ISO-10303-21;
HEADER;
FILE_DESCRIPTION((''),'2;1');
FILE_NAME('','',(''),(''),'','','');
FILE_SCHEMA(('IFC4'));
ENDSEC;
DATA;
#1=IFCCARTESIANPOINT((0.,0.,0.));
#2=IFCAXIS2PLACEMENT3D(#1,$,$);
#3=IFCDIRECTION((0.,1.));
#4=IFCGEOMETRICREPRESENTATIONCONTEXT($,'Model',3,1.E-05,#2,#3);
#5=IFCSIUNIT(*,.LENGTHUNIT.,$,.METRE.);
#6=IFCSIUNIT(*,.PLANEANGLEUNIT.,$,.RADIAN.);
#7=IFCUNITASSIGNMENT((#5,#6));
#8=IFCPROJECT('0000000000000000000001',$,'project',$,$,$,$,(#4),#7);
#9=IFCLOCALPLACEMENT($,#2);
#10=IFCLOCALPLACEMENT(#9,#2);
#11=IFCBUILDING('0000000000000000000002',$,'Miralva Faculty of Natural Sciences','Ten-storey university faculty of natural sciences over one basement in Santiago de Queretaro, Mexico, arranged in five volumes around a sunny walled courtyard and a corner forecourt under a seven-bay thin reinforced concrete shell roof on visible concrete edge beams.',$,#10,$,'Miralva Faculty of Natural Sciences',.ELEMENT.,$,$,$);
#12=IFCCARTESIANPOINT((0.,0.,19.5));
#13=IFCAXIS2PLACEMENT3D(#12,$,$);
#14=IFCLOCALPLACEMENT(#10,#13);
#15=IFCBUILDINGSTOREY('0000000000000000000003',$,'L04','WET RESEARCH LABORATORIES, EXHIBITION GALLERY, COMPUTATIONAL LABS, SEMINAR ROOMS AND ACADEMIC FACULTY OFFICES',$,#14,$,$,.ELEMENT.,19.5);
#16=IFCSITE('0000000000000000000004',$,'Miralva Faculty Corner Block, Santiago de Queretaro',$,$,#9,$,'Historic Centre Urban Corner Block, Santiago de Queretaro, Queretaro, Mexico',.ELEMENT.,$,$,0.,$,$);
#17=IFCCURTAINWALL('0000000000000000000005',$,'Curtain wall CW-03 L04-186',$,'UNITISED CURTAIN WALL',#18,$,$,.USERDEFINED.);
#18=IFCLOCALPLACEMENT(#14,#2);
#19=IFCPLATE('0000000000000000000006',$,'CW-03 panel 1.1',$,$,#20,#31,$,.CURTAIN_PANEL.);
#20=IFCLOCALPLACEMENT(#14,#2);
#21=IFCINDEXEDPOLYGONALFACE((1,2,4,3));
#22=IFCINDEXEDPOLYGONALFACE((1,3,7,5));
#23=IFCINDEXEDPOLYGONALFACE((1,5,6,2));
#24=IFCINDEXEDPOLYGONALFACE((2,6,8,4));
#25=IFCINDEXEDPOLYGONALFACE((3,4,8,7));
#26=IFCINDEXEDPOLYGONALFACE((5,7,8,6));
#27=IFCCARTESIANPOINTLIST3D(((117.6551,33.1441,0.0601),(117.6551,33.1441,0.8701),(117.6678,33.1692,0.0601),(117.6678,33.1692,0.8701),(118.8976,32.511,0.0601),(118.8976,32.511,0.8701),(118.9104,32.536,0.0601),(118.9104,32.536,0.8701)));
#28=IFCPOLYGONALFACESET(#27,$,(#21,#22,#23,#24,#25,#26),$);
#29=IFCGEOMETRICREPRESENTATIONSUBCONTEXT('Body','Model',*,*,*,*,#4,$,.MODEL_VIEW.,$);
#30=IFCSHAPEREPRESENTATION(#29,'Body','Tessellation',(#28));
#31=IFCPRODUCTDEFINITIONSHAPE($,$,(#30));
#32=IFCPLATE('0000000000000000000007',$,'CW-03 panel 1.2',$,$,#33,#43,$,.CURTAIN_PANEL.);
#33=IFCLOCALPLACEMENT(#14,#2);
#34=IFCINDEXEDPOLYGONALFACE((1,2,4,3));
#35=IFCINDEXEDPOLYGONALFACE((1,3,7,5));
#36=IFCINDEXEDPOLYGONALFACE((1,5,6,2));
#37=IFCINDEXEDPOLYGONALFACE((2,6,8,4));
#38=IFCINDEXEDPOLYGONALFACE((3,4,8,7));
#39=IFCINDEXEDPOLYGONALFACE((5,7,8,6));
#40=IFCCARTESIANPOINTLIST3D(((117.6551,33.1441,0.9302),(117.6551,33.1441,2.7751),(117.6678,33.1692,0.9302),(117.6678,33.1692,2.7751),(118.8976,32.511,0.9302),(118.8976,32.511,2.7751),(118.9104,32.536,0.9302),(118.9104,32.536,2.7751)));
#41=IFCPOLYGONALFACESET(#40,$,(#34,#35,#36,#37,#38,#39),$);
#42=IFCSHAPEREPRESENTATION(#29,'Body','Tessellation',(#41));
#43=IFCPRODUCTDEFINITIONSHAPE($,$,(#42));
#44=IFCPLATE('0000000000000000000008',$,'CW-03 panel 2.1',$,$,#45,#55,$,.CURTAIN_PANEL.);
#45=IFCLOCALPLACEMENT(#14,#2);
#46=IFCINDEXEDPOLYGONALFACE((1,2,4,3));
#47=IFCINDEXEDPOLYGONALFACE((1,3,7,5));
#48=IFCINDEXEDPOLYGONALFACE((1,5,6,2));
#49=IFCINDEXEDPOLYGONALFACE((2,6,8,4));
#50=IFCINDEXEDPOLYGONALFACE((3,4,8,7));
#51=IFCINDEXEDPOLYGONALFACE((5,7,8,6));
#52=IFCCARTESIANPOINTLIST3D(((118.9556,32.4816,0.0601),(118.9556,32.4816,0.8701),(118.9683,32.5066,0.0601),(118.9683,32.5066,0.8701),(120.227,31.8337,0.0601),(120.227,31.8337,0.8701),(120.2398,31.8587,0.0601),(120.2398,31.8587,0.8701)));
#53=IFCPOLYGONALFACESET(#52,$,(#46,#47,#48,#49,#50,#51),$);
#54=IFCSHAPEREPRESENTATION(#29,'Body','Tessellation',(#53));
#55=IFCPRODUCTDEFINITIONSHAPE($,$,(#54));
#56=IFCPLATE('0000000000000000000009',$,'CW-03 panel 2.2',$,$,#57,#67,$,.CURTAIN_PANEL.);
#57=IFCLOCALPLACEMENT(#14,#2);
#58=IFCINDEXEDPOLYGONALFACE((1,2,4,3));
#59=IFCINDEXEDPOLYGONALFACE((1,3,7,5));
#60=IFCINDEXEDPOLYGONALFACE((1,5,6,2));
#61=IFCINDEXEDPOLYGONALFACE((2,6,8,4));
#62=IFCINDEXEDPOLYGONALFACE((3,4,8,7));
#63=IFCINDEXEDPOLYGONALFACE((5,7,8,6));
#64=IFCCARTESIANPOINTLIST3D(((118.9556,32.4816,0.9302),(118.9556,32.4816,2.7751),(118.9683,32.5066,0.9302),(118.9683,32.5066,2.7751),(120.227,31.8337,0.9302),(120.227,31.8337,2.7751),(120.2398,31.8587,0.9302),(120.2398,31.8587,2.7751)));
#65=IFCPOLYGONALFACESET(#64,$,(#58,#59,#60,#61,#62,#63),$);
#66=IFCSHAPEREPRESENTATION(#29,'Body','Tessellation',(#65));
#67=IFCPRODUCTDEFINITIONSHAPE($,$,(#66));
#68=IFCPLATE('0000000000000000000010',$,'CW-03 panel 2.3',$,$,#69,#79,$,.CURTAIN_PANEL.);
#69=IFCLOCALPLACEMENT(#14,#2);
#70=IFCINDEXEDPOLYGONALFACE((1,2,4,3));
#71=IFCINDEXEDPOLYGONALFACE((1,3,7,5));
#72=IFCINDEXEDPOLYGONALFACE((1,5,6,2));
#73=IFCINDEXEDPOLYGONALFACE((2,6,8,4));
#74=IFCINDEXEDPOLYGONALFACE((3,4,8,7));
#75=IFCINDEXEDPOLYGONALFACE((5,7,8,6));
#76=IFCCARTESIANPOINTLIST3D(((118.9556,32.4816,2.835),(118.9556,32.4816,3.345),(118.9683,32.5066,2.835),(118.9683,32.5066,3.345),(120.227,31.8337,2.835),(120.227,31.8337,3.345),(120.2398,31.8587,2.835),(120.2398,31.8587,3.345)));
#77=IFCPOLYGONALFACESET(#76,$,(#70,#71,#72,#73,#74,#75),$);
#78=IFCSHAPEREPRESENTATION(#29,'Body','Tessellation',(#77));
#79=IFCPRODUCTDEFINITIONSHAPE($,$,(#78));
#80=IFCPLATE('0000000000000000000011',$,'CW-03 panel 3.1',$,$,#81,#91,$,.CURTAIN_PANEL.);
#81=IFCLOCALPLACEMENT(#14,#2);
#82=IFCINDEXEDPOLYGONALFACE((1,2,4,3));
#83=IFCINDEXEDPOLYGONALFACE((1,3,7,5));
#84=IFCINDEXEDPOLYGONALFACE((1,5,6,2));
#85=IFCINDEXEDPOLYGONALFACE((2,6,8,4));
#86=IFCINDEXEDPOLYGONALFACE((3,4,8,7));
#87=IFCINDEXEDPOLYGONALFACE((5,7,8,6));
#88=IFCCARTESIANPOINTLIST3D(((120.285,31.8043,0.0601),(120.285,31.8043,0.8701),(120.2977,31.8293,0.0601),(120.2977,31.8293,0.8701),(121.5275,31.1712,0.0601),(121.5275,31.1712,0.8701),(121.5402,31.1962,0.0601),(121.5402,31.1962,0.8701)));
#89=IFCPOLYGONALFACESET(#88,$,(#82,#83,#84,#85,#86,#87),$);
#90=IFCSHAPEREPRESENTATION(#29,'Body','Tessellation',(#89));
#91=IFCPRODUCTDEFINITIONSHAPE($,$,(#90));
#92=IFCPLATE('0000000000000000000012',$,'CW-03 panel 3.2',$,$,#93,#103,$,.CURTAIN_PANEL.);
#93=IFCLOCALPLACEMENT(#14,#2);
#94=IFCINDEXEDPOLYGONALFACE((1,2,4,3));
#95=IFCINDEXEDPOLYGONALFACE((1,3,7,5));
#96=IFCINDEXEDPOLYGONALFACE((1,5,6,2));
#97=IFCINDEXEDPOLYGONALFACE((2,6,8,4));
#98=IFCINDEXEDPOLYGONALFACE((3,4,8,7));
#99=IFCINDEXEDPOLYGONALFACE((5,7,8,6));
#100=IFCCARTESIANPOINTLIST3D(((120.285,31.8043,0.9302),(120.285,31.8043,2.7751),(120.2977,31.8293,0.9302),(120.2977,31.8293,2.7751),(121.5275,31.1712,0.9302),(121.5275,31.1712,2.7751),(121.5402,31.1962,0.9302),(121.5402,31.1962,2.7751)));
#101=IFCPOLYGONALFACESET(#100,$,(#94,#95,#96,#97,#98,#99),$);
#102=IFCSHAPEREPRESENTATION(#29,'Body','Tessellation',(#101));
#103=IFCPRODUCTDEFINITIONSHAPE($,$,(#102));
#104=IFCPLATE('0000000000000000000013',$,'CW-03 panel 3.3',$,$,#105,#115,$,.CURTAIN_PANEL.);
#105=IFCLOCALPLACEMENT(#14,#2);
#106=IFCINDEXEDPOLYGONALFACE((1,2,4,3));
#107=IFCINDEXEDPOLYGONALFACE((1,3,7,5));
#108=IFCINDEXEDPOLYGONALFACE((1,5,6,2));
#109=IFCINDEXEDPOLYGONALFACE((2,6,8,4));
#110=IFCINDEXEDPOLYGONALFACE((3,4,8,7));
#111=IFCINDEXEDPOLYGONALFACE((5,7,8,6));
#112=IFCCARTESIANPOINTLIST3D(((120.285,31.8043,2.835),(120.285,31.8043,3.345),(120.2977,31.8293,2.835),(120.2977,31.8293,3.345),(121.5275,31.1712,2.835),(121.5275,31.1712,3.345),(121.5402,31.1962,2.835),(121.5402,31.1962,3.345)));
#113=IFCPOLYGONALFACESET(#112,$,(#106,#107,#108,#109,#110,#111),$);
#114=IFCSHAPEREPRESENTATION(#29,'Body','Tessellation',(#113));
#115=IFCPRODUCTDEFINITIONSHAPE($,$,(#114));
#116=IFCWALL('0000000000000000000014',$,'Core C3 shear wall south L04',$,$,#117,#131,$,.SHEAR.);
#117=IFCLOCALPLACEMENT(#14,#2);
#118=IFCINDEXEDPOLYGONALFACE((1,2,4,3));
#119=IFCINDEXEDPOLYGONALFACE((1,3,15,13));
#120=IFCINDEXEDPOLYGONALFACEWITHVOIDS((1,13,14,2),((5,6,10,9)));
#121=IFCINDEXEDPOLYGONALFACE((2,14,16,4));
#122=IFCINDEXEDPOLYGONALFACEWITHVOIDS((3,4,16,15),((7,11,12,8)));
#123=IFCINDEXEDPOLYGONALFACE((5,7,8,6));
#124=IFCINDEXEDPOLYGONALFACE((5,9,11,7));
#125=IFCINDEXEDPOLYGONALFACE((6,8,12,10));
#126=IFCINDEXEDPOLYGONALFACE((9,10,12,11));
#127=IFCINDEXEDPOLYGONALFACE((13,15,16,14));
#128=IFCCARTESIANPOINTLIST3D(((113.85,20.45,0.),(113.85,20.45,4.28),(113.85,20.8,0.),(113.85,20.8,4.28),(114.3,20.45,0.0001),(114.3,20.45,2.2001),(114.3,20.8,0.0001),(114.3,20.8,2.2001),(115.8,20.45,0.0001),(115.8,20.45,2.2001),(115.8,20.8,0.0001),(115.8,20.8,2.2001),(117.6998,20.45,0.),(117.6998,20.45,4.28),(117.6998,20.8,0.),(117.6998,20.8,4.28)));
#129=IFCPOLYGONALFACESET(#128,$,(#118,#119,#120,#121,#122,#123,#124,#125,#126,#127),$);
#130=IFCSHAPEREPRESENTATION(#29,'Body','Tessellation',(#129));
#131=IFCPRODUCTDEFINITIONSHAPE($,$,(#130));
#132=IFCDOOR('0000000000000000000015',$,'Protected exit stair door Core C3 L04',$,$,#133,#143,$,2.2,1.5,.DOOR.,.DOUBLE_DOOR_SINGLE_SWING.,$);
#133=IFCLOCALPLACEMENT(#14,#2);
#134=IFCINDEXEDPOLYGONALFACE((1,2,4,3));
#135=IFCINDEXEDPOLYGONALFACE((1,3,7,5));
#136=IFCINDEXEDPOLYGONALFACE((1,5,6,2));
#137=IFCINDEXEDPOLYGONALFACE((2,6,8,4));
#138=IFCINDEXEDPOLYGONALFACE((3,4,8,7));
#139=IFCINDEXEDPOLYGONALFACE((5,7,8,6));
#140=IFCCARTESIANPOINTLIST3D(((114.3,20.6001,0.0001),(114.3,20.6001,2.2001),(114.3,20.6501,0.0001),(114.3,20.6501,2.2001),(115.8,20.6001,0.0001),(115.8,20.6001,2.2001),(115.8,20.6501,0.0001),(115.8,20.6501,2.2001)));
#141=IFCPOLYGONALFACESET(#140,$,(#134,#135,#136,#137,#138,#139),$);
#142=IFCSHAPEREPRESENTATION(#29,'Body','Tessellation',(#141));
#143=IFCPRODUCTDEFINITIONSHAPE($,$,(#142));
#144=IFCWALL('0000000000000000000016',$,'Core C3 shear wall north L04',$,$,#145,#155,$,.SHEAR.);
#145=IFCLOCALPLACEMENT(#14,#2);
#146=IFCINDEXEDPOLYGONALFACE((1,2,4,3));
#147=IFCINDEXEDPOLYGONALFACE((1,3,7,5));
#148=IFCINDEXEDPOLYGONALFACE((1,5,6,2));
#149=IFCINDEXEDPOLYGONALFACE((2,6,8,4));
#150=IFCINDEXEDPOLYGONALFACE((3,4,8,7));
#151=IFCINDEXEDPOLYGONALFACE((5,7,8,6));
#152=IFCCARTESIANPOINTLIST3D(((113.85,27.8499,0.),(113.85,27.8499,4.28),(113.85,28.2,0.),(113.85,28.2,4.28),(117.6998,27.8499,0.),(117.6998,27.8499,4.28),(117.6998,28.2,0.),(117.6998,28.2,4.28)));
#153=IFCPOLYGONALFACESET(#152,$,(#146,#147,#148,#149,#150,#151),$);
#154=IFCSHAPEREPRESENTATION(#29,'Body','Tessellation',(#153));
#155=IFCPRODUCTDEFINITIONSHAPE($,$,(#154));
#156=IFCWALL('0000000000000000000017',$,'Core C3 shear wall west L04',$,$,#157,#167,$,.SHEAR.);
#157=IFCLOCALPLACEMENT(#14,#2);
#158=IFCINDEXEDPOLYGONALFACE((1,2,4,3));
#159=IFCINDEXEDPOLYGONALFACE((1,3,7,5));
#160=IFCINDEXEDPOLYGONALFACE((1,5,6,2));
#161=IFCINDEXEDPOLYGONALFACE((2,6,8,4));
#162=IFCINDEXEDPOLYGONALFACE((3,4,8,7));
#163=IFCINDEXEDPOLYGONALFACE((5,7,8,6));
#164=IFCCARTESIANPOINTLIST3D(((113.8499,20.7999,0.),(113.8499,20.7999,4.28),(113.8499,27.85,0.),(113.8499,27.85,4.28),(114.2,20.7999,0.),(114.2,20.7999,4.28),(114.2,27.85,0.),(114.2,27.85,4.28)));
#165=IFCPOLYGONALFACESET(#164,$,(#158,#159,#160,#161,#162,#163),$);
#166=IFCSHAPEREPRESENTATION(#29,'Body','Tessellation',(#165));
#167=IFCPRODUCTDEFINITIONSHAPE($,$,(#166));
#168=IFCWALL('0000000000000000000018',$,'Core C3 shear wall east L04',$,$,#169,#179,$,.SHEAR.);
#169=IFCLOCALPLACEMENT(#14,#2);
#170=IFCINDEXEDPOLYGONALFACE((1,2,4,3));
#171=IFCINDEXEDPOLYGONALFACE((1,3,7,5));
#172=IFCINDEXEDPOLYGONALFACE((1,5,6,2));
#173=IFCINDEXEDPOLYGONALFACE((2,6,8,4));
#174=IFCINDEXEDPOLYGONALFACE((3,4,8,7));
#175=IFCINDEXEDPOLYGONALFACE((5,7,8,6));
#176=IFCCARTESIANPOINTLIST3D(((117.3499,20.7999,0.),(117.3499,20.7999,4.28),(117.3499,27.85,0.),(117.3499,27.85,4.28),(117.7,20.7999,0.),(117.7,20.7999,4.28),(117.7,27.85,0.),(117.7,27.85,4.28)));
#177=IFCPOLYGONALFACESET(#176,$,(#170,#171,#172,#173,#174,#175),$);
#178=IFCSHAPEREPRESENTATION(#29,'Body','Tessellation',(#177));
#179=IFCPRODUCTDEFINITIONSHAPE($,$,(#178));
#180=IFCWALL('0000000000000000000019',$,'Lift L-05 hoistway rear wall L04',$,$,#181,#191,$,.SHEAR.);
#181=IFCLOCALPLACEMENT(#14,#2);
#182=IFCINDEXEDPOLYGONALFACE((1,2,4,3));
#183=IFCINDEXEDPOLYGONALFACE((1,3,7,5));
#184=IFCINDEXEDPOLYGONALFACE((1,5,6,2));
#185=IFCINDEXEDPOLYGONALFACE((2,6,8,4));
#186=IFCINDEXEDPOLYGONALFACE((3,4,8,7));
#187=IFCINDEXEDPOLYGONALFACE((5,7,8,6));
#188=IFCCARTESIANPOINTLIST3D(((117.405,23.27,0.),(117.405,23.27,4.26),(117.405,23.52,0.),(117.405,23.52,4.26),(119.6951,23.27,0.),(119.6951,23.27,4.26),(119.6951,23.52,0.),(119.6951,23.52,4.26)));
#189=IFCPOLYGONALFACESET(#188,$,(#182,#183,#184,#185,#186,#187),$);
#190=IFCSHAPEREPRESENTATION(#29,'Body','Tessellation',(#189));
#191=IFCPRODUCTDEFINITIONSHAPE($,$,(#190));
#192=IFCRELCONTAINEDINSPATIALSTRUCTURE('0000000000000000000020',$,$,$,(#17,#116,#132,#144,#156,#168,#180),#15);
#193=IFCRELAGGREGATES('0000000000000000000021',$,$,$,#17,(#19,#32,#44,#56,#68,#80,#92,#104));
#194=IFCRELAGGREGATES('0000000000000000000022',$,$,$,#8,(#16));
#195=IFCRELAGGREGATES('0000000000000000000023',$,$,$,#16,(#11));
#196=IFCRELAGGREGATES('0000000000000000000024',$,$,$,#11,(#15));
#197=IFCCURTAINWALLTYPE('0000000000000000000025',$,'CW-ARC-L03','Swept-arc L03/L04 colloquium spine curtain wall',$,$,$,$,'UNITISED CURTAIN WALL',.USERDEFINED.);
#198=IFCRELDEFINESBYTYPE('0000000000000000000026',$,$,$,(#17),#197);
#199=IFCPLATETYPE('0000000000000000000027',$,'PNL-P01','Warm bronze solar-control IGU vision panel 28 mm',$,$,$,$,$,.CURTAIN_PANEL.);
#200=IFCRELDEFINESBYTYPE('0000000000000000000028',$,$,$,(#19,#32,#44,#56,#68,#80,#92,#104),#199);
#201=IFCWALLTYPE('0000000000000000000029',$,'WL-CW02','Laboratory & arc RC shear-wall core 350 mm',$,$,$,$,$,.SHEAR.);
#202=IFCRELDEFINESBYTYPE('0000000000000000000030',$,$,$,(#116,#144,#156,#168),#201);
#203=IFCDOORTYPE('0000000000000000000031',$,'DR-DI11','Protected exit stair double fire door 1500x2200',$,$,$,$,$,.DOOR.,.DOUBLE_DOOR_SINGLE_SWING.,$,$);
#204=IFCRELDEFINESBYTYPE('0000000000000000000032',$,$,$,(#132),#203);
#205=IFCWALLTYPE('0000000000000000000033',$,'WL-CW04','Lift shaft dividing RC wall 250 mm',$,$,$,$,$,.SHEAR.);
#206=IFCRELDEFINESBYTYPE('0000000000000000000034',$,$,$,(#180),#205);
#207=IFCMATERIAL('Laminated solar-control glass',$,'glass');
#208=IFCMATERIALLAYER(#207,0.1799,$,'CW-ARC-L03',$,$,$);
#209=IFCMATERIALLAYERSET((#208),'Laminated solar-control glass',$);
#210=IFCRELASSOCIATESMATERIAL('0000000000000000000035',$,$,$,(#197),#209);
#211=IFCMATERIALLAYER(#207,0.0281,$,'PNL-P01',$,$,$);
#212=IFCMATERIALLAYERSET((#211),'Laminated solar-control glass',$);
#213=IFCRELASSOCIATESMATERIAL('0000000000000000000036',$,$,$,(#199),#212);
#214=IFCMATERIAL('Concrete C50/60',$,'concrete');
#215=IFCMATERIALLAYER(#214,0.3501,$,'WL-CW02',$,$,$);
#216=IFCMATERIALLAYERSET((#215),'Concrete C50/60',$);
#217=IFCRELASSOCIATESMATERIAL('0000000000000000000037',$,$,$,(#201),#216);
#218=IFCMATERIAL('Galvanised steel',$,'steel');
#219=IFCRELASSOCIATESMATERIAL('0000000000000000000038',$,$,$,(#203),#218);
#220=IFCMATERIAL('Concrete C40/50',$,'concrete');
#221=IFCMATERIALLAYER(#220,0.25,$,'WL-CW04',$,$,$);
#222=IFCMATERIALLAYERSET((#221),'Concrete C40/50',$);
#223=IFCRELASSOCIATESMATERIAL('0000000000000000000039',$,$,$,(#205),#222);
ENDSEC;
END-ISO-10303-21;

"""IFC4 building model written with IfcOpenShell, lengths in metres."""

from ifc_helpers import new_model, si_unit, direction, frame, frame_2d, origin, origin_2d, place, context, subcontext, project, spatial, rectangle, extrude, material, layer, layer_set, type_object, element, fill, aggregate, save


model = new_model("IFC4")

# Units and contexts
model_context = context("Model", 3, precision=1e-05, world=origin(), true_north=direction((0.0, 1.0)))
body_context = subcontext(model_context, "Body", "Model", "MODEL_VIEW")
ifc_project = project(units=[si_unit("LENGTHUNIT", "METRE"), si_unit("PLANEANGLEUNIT", "RADIAN")], contexts=[model_context])

# Site, building, storey
site_placement = place(None, origin())
site = spatial("IfcSite", under=ifc_project, at=site_placement, Name="Miralva Faculty Corner Block, Santiago de Queretaro", LongName="Historic Centre Urban Corner Block, Santiago de Queretaro, Queretaro, Mexico", CompositionType="ELEMENT", RefElevation=0.0)
building_placement = place(site_placement, origin())
building = spatial("IfcBuilding", under=site, at=building_placement, Name="Miralva Faculty of Natural Sciences", Description="Ten-storey university faculty of natural sciences over one basement in Santiago de Queretaro, Mexico, arranged in five volumes around a sunny walled courtyard and a corner forecourt under a seven-bay thin reinforced concrete shell roof on visible concrete edge beams.", LongName="Miralva Faculty of Natural Sciences", CompositionType="ELEMENT")
storey_placement = place(building_placement, frame((0.0, 0.0, 19.5)))
storey = spatial("IfcBuildingStorey", under=building, at=storey_placement, Name="L04", Description="WET RESEARCH LABORATORIES, EXHIBITION GALLERY, COMPUTATIONAL LABS, SEMINAR ROOMS AND ACADEMIC FACULTY OFFICES", CompositionType="ELEMENT", Elevation=19.5)

# Curtain wall, plates
ifc_material_1 = material(Name="Laminated solar-control glass", Category="glass")
ifc_layer_1 = layer(ifc_material_1, 0.1799, Name="CW-ARC-L03")
ifc_layer_set_1 = layer_set([ifc_layer_1], Name="Laminated solar-control glass")
curtain_wall_type = type_object("IfcCurtainWallType", Name="CW-ARC-L03", Description="Swept-arc L03/L04 colloquium spine curtain wall", ElementType="UNITISED CURTAIN WALL", PredefinedType="USERDEFINED", material=ifc_layer_set_1)
curtain_wall_placement = place(storey_placement, origin())
curtain_wall = element("IfcCurtainWall", 1, at=curtain_wall_placement, inside=storey, type_object=curtain_wall_type, Name="Curtain wall CW-03 L04-186", ObjectType="UNITISED CURTAIN WALL", PredefinedType="USERDEFINED")
ifc_layer_2 = layer(ifc_material_1, 0.0281, Name="PNL-P01")
ifc_layer_set_2 = layer_set([ifc_layer_2], Name="Laminated solar-control glass")
plate_type = type_object("IfcPlateType", Name="PNL-P01", Description="Warm bronze solar-control IGU vision panel 28 mm", PredefinedType="CURTAIN_PANEL", material=ifc_layer_set_2)
plate_1_placement = place(storey_placement, frame((118.2827, 32.8401, 0.0601), z_axis=(0.0, 0.0, 1.0), x_axis=(0.891001, -0.454001, 0.0)))
plate_1 = element("IfcPlate", 2, at=plate_1_placement, type_object=plate_type, Name="CW-03 panel 1.1", PredefinedType="CURTAIN_PANEL", context=body_context, shape_type="SweptSolid", body=[
    extrude(rectangle(XDim=1.3945, YDim=0.0281, at=origin_2d()), origin(), (0.0, 0.0, 1.0), 0.8101),
])
plate_2_placement = place(storey_placement, frame((118.2827, 32.8401, 0.9302), z_axis=(0.0, 0.0, 1.0), x_axis=(0.891001, -0.454001, 0.0)))
plate_2 = element("IfcPlate", 3, at=plate_2_placement, type_object=plate_type, Name="CW-03 panel 1.2", PredefinedType="CURTAIN_PANEL", context=body_context, shape_type="SweptSolid", body=[
    extrude(rectangle(XDim=1.3945, YDim=0.0281, at=origin_2d()), origin(), (0.0, 0.0, 1.0), 1.845),
])
plate_3_placement = place(storey_placement, frame((119.5977, 32.1702, 0.0601), z_axis=(0.0, 0.0, 1.0), x_axis=(0.891001, -0.454001, 0.0)))
plate_3 = element("IfcPlate", 4, at=plate_3_placement, type_object=plate_type, Name="CW-03 panel 2.1", PredefinedType="CURTAIN_PANEL", context=body_context, shape_type="SweptSolid", body=[
    extrude(rectangle(XDim=1.427, YDim=0.0281, at=origin_2d()), origin(), (0.0, 0.0, 1.0), 0.8101),
])
plate_4_placement = place(storey_placement, frame((119.5977, 32.1702, 0.9302), z_axis=(0.0, 0.0, 1.0), x_axis=(0.891001, -0.454001, 0.0)))
plate_4 = element("IfcPlate", 5, at=plate_4_placement, type_object=plate_type, Name="CW-03 panel 2.2", PredefinedType="CURTAIN_PANEL", context=body_context, shape_type="SweptSolid", body=[
    extrude(rectangle(XDim=1.427, YDim=0.0281, at=origin_2d()), origin(), (0.0, 0.0, 1.0), 1.845),
])
plate_5_placement = place(storey_placement, frame((119.5977, 32.1702, 2.835), z_axis=(0.0, 0.0, 1.0), x_axis=(0.891001, -0.454001, 0.0)))
plate_5 = element("IfcPlate", 6, at=plate_5_placement, type_object=plate_type, Name="CW-03 panel 2.3", PredefinedType="CURTAIN_PANEL", context=body_context, shape_type="SweptSolid", body=[
    extrude(rectangle(XDim=1.427, YDim=0.0281, at=origin_2d()), origin(), (0.0, 0.0, 1.0), 0.51),
])
plate_6_placement = place(storey_placement, frame((120.9126, 31.5002, 0.0601), z_axis=(0.0, 0.0, 1.0), x_axis=(0.891001, -0.454001, 0.0)))
plate_6 = element("IfcPlate", 7, at=plate_6_placement, type_object=plate_type, Name="CW-03 panel 3.1", PredefinedType="CURTAIN_PANEL", context=body_context, shape_type="SweptSolid", body=[
    extrude(rectangle(XDim=1.3945, YDim=0.0281, at=origin_2d()), origin(), (0.0, 0.0, 1.0), 0.8101),
])
plate_7_placement = place(storey_placement, frame((120.9126, 31.5002, 0.9302), z_axis=(0.0, 0.0, 1.0), x_axis=(0.891001, -0.454001, 0.0)))
plate_7 = element("IfcPlate", 8, at=plate_7_placement, type_object=plate_type, Name="CW-03 panel 3.2", PredefinedType="CURTAIN_PANEL", context=body_context, shape_type="SweptSolid", body=[
    extrude(rectangle(XDim=1.3945, YDim=0.0281, at=origin_2d()), origin(), (0.0, 0.0, 1.0), 1.845),
])
plate_8_placement = place(storey_placement, frame((120.9126, 31.5002, 2.835), z_axis=(0.0, 0.0, 1.0), x_axis=(0.891001, -0.454001, 0.0)))
plate_8 = element("IfcPlate", 9, at=plate_8_placement, type_object=plate_type, Name="CW-03 panel 3.3", PredefinedType="CURTAIN_PANEL", context=body_context, shape_type="SweptSolid", body=[
    extrude(rectangle(XDim=1.3945, YDim=0.0281, at=origin_2d()), origin(), (0.0, 0.0, 1.0), 0.51),
])
aggregate(curtain_wall, [plate_1, plate_2, plate_3, plate_4, plate_5, plate_6, plate_7, plate_8])

# Wall, opening, door
ifc_material_2 = material(Name="Concrete C50/60", Category="concrete")
ifc_layer_3 = layer(ifc_material_2, 0.3501, Name="WL-CW02")
ifc_layer_set_3 = layer_set([ifc_layer_3], Name="Concrete C50/60")
wall_type_1 = type_object("IfcWallType", Name="WL-CW02", Description="Laboratory & arc RC shear-wall core 350 mm", PredefinedType="SHEAR", material=ifc_layer_set_3)
wall_1_placement = place(storey_placement, frame((113.8501, 20.625, 0.0), z_axis=(0.0, 0.0, 1.0), x_axis=(1.0, 0.0, 0.0)))
wall_1 = element("IfcWall", 10, at=wall_1_placement, inside=storey, type_object=wall_type_1, Name="Core C3 shear wall south L04", PredefinedType="SHEAR", context=body_context, shape_type="SweptSolid", body=[
    extrude(rectangle(XDim=3.8499, YDim=0.3501, at=frame_2d((1.9248, 0.0))), origin(), (0.0, 0.0, 1.0), 4.28),
])
opening_1_placement = place(wall_1_placement, frame((0.45, 0.0, 0.0)))
opening_1 = element("IfcOpeningElement", 11, at=opening_1_placement, cuts=wall_1, PredefinedType="OPENING", context=body_context, shape_type="SweptSolid", body=[
    extrude(rectangle(XDim=1.5, YDim=2.2, at=frame_2d((0.75, 1.1001))), frame((0.0, 0.1851, 0.0), z_axis=(0.0, -1.0, 0.0), x_axis=(1.0, 0.0, 0.0)), (0.0, 0.0, 1.0), 0.3701),
])
ifc_material_3 = material(Name="Galvanised steel", Category="steel")
door_type_1 = type_object("IfcDoorType", Name="DR-DI11", Description="Protected exit stair double fire door 1500x2200", OperationType="DOUBLE_DOOR_SINGLE_SWING", PredefinedType="DOOR", material=ifc_material_3)
door_1_placement = place(opening_1_placement, frame((1.5, 0.0, 0.0), z_axis=(0.0, 0.0, 1.0), x_axis=(-1.0, 0.0, 0.0)))
door_1 = element("IfcDoor", 12, at=door_1_placement, inside=storey, type_object=door_type_1, Name="Protected exit stair door Core C3 L04", OperationType="DOUBLE_DOOR_SINGLE_SWING", OverallHeight=2.2, OverallWidth=1.5, PredefinedType="DOOR", context=body_context, shape_type="SweptSolid", body=[
    extrude(rectangle(XDim=1.5, YDim=2.2, at=frame_2d((0.75, 1.1001))), frame((0.0, 0.0249, 0.0), z_axis=(0.0, -1.0, 0.0), x_axis=(1.0, 0.0, 0.0)), (0.0, 0.0, 1.0), 0.05),
])
fill(opening_1, door_1)

# Walls
wall_2_placement = place(storey_placement, frame((113.8501, 28.0249, 0.0), z_axis=(0.0, 0.0, 1.0), x_axis=(1.0, 0.0, 0.0)))
element("IfcWall", 13, at=wall_2_placement, inside=storey, type_object=wall_type_1, Name="Core C3 shear wall north L04", PredefinedType="SHEAR", context=body_context, shape_type="SweptSolid", body=[
    extrude(rectangle(XDim=3.8499, YDim=0.3501, at=frame_2d((1.9248, 0.0))), origin(), (0.0, 0.0, 1.0), 4.28),
])
for number, where, z_axis, x_axis, name in (
    (14, (114.0249, 20.8, 0.0), (0.0, 0.0, 1.0), (0.0, 1.0, 0.0), "Core C3 shear wall west L04"),
    (15, (117.5249, 20.8, 0.0), (0.0, 0.0, 1.0), (0.0, 1.0, 0.0), "Core C3 shear wall east L04"),
):
    element("IfcWall", number, at=place(storey_placement, frame(where, z_axis=z_axis, x_axis=x_axis)), inside=storey, type_object=wall_type_1, Name=name, PredefinedType="SHEAR", context=body_context, shape_type="SweptSolid", body=[
        extrude(rectangle(XDim=7.05, YDim=0.3501, at=frame_2d((3.5249, 0.0))), origin(), (0.0, 0.0, 1.0), 4.28),
    ])

# Shared definitions
ifc_material_4 = material(Name="Concrete C40/50", Category="concrete")
ifc_layer_4 = layer(ifc_material_4, 0.25, Name="WL-CW04")
ifc_layer_set_4 = layer_set([ifc_layer_4], Name="Concrete C40/50")
wall_type_2 = type_object("IfcWallType", Name="WL-CW04", Description="Lift shaft dividing RC wall 250 mm", PredefinedType="SHEAR", material=ifc_layer_set_4)

# Wall
wall_3_placement = place(storey_placement, frame((117.405, 23.395, 0.0), z_axis=(0.0, 0.0, 1.0), x_axis=(1.0, 0.0, 0.0)))
element("IfcWall", 16, at=wall_3_placement, inside=storey, type_object=wall_type_2, Name="Lift L-05 hoistway rear wall L04", PredefinedType="SHEAR", context=body_context, shape_type="SweptSolid", body=[
    extrude(rectangle(XDim=2.29, YDim=0.25, at=frame_2d((1.145, 0.0))), origin(), (0.0, 0.0, 1.0), 4.26),
])

save(model, "model.ifc")
